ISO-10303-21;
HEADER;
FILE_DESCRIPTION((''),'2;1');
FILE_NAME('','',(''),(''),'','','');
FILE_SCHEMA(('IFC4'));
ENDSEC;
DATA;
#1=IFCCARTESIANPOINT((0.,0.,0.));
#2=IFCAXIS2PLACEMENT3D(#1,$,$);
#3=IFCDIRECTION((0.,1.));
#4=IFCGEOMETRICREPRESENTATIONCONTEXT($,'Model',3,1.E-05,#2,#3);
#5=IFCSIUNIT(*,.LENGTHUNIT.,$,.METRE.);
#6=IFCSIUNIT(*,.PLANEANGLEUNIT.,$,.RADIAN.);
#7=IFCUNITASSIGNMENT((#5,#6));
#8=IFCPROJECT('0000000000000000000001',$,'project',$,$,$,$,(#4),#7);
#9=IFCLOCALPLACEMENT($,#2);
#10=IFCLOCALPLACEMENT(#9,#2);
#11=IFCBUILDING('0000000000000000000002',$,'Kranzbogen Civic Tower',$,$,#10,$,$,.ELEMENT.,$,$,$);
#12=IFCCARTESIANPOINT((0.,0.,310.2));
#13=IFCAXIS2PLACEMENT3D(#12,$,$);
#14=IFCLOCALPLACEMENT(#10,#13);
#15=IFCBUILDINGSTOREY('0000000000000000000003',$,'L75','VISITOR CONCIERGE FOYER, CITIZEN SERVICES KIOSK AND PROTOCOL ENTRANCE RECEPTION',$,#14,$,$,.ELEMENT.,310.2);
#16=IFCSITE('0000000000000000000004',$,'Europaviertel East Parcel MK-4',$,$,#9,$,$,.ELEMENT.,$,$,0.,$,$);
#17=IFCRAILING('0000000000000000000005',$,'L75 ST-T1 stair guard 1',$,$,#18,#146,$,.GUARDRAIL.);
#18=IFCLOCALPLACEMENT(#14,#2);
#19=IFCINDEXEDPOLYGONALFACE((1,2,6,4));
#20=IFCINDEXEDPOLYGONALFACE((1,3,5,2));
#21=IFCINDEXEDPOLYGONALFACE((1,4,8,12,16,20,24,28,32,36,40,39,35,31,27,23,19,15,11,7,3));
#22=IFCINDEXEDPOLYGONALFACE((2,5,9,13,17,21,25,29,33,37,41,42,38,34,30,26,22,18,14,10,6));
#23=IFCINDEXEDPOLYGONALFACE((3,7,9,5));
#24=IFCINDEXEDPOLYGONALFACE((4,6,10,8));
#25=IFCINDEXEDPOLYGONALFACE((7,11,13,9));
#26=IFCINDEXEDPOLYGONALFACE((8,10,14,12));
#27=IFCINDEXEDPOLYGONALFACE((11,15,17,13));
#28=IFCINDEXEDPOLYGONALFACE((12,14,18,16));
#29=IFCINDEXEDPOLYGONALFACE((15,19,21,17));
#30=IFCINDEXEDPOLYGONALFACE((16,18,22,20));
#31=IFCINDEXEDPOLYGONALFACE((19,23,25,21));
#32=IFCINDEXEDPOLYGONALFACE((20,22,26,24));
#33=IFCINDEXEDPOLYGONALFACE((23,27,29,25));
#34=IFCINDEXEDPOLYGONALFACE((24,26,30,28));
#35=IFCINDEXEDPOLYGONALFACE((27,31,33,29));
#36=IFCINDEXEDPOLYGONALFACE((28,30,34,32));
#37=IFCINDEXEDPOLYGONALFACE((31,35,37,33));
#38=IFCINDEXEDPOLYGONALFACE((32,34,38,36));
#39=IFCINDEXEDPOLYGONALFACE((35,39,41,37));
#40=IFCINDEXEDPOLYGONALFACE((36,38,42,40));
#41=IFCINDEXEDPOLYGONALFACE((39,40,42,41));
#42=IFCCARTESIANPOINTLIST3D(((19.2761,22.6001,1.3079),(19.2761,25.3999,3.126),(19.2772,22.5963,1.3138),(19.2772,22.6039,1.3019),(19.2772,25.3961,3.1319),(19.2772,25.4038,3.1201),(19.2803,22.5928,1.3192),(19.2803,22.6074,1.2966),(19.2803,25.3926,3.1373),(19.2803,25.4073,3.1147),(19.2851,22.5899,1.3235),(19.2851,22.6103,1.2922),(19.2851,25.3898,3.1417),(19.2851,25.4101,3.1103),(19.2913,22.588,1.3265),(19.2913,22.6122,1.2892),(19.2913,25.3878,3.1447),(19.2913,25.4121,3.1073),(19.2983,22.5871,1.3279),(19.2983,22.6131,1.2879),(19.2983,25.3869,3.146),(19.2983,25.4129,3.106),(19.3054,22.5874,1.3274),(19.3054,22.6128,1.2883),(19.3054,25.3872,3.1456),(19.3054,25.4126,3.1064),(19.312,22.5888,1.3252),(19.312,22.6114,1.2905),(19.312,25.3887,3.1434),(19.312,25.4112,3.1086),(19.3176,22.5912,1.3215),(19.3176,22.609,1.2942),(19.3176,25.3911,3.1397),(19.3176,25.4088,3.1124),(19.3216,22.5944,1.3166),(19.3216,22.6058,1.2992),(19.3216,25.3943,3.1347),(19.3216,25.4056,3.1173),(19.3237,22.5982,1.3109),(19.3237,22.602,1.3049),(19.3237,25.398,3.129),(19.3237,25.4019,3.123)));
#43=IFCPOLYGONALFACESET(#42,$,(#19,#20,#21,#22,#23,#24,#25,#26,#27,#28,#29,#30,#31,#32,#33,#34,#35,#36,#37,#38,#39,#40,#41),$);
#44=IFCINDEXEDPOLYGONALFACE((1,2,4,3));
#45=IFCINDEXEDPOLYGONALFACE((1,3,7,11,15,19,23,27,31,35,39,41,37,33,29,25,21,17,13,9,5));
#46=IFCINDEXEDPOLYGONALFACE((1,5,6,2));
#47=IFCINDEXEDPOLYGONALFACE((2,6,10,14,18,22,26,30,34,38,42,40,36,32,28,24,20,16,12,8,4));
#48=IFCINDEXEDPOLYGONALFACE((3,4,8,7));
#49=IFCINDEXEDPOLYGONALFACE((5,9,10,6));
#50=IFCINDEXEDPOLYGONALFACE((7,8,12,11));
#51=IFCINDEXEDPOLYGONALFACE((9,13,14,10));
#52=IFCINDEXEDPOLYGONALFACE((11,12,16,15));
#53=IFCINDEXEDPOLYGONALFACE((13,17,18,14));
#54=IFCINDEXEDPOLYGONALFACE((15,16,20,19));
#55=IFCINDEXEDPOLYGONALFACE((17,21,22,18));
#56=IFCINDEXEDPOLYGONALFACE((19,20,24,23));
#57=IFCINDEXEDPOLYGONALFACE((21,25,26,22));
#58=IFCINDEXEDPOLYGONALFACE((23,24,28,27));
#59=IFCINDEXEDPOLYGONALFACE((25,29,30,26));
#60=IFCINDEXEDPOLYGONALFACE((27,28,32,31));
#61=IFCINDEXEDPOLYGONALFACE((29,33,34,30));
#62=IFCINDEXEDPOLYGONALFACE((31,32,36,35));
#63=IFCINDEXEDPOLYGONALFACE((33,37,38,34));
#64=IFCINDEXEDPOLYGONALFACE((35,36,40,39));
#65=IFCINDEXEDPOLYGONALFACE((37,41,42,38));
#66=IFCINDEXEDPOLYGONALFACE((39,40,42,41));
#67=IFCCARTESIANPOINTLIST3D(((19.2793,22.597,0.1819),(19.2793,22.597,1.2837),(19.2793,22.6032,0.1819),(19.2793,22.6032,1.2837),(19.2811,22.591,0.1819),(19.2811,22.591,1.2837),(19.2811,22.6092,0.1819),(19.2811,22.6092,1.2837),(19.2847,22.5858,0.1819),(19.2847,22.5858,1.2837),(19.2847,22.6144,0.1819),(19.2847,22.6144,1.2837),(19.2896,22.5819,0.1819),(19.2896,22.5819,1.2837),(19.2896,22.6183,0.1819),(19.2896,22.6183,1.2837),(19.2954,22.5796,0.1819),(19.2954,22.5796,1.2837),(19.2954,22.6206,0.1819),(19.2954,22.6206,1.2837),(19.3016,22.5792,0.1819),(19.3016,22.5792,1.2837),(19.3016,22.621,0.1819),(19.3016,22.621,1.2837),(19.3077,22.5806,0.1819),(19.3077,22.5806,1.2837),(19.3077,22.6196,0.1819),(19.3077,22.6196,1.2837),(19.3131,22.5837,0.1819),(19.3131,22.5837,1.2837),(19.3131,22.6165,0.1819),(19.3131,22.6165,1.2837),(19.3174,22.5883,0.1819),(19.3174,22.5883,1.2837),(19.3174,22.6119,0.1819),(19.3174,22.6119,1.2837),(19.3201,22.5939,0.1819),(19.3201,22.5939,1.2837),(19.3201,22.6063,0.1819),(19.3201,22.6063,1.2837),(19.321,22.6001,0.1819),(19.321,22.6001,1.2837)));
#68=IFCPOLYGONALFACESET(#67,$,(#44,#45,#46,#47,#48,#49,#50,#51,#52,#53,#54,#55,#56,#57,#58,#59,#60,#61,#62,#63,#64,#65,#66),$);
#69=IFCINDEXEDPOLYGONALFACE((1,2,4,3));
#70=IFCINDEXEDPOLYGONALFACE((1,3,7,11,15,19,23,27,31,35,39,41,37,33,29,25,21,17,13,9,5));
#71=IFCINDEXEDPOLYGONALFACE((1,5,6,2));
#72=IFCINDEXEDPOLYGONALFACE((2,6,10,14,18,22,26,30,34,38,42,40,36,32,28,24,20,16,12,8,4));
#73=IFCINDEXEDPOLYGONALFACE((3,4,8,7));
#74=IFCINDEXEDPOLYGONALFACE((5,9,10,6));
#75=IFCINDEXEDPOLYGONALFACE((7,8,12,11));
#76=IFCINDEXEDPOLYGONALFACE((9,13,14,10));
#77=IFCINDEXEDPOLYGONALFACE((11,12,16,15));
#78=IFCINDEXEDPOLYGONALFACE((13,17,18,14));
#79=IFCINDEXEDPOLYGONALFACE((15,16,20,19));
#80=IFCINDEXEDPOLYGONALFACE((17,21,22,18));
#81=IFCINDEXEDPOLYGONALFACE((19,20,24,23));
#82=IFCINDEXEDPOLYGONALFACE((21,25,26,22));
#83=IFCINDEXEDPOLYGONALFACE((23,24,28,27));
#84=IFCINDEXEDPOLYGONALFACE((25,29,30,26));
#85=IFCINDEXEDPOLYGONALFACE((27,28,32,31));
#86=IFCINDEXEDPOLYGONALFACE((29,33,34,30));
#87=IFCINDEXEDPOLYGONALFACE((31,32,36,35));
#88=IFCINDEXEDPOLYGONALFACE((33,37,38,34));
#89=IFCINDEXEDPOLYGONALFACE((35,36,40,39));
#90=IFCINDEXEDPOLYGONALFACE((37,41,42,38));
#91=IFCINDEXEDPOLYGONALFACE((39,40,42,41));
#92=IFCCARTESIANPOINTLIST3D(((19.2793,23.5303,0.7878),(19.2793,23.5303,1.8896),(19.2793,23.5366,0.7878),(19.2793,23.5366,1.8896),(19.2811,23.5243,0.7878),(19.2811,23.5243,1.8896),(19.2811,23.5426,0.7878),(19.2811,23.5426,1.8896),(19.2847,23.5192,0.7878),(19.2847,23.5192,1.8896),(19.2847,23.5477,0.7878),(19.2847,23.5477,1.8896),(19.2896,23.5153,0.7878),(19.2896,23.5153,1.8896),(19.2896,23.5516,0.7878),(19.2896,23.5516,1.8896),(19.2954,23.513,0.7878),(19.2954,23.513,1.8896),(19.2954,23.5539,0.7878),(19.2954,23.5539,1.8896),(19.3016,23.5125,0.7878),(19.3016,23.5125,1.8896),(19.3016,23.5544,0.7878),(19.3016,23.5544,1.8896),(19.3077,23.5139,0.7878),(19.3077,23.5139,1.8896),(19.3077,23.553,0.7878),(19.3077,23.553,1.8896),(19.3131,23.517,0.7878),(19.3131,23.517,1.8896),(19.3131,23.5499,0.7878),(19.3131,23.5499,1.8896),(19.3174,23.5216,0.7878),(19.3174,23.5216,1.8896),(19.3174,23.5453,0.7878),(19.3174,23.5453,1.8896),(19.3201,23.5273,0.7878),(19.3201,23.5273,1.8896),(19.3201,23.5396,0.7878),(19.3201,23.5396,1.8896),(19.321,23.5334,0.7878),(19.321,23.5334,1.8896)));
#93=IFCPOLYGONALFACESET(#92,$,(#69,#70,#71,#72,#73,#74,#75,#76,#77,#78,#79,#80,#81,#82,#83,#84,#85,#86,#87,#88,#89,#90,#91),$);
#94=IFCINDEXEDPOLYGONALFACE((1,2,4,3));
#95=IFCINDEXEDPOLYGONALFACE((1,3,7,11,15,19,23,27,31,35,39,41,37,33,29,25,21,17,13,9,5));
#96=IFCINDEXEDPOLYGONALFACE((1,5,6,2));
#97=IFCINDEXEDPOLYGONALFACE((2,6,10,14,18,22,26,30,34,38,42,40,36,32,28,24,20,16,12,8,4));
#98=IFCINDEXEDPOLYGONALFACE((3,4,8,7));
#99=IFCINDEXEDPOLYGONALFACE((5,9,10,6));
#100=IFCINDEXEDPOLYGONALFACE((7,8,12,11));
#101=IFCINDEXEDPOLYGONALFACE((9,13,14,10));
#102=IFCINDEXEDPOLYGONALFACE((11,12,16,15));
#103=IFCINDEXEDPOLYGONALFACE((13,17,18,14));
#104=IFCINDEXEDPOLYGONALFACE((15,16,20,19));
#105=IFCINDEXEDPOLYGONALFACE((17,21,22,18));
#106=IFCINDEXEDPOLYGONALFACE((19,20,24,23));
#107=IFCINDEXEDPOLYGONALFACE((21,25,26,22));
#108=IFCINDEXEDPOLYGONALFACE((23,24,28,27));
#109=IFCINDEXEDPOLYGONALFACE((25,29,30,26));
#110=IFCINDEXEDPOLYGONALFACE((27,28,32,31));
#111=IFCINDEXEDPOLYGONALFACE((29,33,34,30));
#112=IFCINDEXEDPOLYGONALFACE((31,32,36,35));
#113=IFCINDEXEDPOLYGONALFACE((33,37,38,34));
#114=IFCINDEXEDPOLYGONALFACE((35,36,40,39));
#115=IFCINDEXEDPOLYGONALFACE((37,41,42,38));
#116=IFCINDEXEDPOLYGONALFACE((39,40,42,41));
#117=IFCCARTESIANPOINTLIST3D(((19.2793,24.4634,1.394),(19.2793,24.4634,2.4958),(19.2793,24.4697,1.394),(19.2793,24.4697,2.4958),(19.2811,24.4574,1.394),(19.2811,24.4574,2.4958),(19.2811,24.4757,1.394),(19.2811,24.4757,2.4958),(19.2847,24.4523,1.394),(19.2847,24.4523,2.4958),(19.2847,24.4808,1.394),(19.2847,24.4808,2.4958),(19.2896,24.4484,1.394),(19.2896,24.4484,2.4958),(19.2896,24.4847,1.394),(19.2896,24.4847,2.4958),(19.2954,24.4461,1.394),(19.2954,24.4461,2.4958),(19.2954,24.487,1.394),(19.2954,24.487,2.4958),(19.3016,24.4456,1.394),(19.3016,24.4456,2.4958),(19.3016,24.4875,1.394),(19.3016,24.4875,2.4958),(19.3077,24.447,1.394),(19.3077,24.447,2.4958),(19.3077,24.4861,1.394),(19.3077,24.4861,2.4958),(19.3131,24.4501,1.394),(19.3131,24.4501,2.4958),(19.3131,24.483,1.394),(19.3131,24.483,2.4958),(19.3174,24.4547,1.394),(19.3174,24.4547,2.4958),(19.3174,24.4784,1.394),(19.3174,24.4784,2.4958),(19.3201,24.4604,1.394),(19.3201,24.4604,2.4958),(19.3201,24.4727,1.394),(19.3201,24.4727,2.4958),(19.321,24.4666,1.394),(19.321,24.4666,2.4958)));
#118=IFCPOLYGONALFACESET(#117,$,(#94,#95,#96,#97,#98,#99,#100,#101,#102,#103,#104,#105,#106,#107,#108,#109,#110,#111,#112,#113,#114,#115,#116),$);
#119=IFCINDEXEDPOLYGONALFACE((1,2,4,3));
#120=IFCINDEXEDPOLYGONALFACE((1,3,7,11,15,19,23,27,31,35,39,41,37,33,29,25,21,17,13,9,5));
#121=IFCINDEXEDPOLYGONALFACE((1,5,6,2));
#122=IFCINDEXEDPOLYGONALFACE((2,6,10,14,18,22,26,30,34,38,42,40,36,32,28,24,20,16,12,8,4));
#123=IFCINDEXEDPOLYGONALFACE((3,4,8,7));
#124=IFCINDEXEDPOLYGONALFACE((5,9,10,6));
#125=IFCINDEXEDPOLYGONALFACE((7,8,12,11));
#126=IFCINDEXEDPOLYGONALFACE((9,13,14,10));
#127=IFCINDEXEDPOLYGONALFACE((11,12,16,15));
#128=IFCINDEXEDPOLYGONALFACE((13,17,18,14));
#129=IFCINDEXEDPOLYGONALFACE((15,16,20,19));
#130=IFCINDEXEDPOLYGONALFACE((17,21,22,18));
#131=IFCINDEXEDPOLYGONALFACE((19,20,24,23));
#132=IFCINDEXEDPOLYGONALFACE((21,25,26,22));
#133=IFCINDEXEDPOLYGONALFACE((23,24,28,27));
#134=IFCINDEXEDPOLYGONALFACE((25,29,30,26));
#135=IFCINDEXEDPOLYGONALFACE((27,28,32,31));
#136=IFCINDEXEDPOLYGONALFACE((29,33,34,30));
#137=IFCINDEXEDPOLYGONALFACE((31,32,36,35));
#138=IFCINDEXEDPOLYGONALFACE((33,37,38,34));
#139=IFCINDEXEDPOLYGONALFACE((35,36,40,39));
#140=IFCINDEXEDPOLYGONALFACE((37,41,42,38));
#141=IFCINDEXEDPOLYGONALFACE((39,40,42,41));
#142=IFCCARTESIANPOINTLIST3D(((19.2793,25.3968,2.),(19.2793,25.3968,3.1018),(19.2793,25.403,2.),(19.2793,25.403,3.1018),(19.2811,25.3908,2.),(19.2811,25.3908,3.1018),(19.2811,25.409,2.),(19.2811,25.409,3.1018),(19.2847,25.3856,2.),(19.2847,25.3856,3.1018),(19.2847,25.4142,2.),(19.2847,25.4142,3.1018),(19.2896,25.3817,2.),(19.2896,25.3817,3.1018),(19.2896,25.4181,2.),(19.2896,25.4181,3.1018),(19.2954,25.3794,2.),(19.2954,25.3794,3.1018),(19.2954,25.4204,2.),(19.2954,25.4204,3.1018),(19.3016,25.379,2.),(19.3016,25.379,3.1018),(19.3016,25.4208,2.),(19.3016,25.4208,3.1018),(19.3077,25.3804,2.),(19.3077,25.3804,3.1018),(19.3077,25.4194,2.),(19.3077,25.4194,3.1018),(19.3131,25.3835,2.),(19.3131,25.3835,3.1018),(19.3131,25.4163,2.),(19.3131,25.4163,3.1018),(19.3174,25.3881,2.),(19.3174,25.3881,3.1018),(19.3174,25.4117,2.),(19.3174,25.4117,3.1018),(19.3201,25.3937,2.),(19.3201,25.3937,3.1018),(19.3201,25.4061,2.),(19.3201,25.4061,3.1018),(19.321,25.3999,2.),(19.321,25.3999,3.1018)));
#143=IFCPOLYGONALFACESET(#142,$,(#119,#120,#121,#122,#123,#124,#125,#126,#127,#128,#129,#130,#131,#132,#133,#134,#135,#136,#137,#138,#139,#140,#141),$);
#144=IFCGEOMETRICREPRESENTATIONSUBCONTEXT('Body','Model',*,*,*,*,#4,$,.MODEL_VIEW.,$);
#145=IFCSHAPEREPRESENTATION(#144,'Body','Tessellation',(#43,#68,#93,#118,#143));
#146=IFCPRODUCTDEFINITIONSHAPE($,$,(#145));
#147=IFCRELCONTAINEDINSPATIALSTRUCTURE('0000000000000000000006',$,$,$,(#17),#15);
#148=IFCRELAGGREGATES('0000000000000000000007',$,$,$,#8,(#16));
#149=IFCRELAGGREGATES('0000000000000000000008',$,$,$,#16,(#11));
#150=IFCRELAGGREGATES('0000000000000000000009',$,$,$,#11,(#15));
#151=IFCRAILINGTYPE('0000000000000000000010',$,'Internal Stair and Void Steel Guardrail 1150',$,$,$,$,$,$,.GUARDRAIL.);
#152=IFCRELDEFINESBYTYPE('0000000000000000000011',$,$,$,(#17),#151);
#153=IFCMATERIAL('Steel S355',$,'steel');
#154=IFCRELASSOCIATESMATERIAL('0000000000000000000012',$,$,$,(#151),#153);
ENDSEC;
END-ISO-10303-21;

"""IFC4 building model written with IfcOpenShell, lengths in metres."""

from ifc_helpers import new_model, si_unit, direction, frame, origin, origin_2d, place, context, subcontext, project, spatial, circle, extrude, material, type_object, element, save


model = new_model("IFC4")

# Units and contexts
model_context = context("Model", 3, precision=1e-05, world=origin(), true_north=direction((0.0, 1.0)))
body_context = subcontext(model_context, "Body", "Model", "MODEL_VIEW")
ifc_project = project(units=[si_unit("LENGTHUNIT", "METRE"), si_unit("PLANEANGLEUNIT", "RADIAN")], contexts=[model_context])

# Site, building, storey
site_placement = place(None, origin())
site = spatial("IfcSite", under=ifc_project, at=site_placement, Name="Europaviertel East Parcel MK-4", CompositionType="ELEMENT", RefElevation=0.0)
building_placement = place(site_placement, origin())
building = spatial("IfcBuilding", under=site, at=building_placement, Name="Kranzbogen Civic Tower", CompositionType="ELEMENT")
storey_placement = place(building_placement, frame((0.0, 0.0, 310.2)))
storey = spatial("IfcBuildingStorey", under=building, at=storey_placement, Name="L75", Description="VISITOR CONCIERGE FOYER, CITIZEN SERVICES KIOSK AND PROTOCOL ENTRANCE RECEPTION", CompositionType="ELEMENT", Elevation=310.2)

# Shared definitions
ifc_material_1 = material(Name="Steel S355", Category="steel")

# Railing
railing_type_1 = type_object("IfcRailingType", Name="Internal Stair and Void Steel Guardrail 1150", PredefinedType="GUARDRAIL", material=ifc_material_1)
railing_1_placement = place(storey_placement, frame((19.3, 22.6001, 0.1819)))
element("IfcRailing", 1, at=railing_1_placement, inside=storey, type_object=railing_type_1, Name="L75 ST-T1 stair guard 1", PredefinedType="GUARDRAIL", context=body_context, shape_type="SweptSolid", body=[
    extrude(circle(Radius=0.0239, at=origin_2d()), frame((0.0, 0.0, 1.126), z_axis=(0.0, 0.838684, 0.544618), x_axis=(-1.0, 0.0, 0.0)), (0.0, 0.0, 1.0), 3.3384),
    extrude(circle(Radius=0.021, at=origin_2d()), origin(), (0.0, 0.0, 1.0), 1.1018),
    extrude(circle(Radius=0.021, at=origin_2d()), frame((0.0, 0.9333, 0.606)), (0.0, 0.0, 1.0), 1.1018),
    extrude(circle(Radius=0.021, at=origin_2d()), frame((0.0, 1.8665, 1.2122)), (0.0, 0.0, 1.0), 1.1018),
    extrude(circle(Radius=0.021, at=origin_2d()), frame((0.0, 2.7998, 1.8181)), (0.0, 0.0, 1.0), 1.1018),
])

save(model, "model.ifc")
